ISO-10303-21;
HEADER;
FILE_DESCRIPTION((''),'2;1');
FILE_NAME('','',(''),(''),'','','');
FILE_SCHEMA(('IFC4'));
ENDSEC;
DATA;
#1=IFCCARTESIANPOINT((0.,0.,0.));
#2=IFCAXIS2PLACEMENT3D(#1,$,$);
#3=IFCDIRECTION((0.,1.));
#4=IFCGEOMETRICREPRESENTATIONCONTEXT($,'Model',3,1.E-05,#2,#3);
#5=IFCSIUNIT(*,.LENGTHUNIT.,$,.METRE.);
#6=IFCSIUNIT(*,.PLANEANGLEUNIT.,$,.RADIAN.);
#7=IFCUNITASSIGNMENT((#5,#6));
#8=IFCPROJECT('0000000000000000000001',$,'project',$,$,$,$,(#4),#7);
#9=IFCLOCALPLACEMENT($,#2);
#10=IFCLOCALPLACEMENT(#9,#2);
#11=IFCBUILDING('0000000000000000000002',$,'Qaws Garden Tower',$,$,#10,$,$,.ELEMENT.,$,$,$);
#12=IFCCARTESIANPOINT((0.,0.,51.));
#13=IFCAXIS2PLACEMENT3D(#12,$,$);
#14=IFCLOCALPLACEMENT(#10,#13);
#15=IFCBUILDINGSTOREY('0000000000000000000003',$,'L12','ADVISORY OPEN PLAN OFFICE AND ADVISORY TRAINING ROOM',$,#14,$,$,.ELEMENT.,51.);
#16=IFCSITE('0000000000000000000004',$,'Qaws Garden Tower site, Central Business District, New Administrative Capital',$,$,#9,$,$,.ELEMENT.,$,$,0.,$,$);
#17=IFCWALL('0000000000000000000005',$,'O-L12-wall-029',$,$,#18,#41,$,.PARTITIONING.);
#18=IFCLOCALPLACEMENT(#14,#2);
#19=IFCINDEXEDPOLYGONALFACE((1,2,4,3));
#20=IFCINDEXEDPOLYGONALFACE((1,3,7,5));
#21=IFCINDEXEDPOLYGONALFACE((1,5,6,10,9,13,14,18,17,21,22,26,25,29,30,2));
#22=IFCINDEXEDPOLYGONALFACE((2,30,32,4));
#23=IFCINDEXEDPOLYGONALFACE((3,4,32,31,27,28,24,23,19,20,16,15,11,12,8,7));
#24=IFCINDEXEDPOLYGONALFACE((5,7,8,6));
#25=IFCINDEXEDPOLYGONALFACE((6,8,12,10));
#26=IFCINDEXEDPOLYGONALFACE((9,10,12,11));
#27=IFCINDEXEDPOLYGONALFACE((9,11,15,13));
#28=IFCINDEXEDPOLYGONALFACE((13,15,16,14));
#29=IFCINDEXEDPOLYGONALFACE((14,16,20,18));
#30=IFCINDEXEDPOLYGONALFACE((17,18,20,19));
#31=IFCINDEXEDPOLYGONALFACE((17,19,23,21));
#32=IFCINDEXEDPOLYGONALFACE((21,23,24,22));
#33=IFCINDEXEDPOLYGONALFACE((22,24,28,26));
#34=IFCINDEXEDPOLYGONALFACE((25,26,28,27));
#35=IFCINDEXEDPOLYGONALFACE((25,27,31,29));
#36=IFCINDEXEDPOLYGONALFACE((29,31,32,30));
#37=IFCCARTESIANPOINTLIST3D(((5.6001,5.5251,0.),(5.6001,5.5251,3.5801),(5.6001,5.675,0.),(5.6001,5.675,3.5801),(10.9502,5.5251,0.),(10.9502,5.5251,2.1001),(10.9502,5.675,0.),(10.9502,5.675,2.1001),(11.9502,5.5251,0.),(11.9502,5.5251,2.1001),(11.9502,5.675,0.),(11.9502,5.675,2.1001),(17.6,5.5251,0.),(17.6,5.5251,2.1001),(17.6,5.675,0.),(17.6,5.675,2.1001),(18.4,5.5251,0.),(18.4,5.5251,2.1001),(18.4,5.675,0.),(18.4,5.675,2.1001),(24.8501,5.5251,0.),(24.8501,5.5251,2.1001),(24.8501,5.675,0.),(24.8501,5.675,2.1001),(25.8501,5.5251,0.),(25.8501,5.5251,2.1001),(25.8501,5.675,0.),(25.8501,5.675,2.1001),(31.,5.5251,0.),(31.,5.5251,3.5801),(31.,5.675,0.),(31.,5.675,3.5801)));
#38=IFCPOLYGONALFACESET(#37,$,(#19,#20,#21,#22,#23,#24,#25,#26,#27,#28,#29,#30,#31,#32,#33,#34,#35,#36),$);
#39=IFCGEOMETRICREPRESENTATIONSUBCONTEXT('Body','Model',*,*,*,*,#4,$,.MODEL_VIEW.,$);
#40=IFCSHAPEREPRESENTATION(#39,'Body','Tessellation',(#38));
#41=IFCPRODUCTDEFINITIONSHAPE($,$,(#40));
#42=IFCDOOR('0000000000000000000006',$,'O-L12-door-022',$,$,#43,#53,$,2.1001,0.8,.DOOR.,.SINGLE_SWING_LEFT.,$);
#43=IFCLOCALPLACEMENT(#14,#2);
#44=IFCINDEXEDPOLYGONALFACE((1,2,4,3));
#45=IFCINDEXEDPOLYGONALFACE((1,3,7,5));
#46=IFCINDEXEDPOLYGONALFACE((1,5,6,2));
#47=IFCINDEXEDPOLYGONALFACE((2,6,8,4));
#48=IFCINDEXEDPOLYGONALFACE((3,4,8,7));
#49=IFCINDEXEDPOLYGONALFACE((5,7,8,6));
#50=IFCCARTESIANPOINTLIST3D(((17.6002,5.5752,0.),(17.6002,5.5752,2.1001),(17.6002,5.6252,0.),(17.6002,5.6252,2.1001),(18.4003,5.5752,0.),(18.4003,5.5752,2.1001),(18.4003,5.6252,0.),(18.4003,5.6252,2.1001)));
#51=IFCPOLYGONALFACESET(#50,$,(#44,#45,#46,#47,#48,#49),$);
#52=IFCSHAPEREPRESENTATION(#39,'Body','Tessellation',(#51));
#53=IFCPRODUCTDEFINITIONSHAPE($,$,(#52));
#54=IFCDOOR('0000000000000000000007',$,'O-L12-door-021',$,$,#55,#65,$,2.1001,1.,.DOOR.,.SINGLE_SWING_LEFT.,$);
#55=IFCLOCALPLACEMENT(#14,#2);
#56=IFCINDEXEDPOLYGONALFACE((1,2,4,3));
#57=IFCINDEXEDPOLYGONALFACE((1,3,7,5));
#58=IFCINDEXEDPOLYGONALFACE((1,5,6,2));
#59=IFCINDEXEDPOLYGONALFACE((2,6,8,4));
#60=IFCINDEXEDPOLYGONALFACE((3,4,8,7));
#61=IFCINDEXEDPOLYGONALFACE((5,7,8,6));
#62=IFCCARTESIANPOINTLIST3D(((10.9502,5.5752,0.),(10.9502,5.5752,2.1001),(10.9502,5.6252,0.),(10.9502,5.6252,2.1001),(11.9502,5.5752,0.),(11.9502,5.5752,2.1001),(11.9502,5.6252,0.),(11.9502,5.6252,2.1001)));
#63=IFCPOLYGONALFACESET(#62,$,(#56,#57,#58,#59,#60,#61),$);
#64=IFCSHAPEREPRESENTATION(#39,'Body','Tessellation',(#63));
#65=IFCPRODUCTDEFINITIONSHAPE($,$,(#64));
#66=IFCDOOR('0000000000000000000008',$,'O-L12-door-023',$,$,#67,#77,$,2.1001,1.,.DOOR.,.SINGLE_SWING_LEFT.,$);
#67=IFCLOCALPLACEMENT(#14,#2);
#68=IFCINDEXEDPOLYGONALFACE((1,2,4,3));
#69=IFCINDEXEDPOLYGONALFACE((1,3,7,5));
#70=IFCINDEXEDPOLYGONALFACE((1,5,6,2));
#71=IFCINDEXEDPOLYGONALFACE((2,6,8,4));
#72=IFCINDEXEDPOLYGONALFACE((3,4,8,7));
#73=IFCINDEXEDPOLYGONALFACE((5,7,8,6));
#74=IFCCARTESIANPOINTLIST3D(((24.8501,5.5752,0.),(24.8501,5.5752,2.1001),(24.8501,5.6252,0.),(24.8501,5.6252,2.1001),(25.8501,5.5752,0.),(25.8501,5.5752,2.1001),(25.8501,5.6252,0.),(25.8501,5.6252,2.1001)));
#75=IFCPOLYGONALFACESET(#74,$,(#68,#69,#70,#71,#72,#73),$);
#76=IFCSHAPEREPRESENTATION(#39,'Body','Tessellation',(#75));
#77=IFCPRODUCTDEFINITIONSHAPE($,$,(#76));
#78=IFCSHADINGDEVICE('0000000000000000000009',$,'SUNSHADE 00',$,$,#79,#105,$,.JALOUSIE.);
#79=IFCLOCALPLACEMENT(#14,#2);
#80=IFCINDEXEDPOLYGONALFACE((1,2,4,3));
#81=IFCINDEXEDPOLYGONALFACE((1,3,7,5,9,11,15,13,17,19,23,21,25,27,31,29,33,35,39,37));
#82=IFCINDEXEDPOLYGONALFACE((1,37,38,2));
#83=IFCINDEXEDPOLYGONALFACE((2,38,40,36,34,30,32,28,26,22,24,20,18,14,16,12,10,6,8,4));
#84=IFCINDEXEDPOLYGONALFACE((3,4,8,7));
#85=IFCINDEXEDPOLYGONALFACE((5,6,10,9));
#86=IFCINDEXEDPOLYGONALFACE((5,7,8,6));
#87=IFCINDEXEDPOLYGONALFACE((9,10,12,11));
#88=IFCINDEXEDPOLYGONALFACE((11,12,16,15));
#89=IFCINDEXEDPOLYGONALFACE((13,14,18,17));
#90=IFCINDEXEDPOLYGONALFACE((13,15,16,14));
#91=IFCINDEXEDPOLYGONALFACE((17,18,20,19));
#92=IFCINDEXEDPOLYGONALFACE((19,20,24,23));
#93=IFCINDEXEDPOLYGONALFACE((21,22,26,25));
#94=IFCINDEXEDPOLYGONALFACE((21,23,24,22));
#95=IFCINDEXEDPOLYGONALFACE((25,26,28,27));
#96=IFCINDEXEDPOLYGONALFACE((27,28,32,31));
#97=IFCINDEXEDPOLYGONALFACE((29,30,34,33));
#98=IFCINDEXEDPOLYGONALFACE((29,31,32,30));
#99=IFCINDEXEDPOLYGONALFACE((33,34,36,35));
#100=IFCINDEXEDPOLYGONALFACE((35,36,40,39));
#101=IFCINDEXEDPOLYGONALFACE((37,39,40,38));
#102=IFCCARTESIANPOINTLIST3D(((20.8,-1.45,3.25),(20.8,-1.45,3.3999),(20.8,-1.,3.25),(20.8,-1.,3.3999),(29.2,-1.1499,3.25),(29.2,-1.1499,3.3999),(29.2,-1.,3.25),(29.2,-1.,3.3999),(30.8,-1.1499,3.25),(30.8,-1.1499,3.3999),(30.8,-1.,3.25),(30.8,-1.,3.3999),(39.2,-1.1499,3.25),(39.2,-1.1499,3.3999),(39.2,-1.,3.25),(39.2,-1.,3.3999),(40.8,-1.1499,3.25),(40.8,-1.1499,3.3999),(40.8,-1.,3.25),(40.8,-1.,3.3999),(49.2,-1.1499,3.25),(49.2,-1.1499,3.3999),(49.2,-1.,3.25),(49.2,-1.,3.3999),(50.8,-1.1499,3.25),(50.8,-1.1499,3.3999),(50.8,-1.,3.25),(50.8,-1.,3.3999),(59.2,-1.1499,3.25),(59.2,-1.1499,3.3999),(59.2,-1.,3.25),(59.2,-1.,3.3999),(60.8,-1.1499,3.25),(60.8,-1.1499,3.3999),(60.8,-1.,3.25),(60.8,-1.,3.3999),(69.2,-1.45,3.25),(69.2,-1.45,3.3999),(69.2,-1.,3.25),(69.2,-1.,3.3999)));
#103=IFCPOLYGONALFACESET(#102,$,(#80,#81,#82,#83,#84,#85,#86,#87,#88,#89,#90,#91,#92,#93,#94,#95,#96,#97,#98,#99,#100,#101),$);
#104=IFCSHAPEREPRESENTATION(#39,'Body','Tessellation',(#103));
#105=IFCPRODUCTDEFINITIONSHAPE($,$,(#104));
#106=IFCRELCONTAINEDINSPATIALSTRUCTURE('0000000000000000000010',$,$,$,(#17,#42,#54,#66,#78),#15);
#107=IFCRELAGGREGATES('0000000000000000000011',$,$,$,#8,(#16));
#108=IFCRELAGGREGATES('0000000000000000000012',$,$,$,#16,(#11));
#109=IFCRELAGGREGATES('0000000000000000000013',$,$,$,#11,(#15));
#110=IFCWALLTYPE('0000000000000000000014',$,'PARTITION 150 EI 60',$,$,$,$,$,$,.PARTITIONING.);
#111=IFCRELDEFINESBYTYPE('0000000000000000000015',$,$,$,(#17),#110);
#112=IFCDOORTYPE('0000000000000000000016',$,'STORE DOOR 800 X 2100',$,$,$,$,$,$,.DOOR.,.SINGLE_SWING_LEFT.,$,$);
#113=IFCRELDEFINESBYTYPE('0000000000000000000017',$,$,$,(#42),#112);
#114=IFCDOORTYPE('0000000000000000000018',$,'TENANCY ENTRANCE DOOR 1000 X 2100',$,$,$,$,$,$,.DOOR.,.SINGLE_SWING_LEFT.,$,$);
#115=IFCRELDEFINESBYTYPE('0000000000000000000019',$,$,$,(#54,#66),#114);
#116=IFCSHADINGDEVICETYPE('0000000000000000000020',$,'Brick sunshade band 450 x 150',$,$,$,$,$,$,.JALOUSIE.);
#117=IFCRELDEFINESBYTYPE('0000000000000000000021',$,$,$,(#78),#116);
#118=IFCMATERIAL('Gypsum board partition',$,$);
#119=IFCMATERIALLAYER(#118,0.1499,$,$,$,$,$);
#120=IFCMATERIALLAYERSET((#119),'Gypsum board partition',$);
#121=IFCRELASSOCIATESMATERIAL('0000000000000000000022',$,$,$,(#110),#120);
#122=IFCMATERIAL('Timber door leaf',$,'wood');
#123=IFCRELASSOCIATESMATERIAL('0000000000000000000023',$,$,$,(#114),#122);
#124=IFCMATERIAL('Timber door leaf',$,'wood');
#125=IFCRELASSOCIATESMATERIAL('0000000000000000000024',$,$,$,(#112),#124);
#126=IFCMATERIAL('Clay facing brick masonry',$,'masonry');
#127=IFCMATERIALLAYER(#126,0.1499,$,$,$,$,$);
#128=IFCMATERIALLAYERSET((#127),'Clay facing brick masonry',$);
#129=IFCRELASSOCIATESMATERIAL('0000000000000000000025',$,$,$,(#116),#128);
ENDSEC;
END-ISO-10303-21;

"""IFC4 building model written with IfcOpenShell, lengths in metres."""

from ifc_helpers import new_model, si_unit, direction, frame, frame_2d, origin, place, context, subcontext, project, spatial, polyline, rectangle, outline, extrude, material, layer, layer_set, type_object, element, fill, save


model = new_model("IFC4")

# Units and contexts
model_context = context("Model", 3, precision=1e-05, world=origin(), true_north=direction((0.0, 1.0)))
body_context = subcontext(model_context, "Body", "Model", "MODEL_VIEW")
ifc_project = project(units=[si_unit("LENGTHUNIT", "METRE"), si_unit("PLANEANGLEUNIT", "RADIAN")], contexts=[model_context])

# Site, building, storey
site_placement = place(None, origin())
site = spatial("IfcSite", under=ifc_project, at=site_placement, Name="Qaws Garden Tower site, Central Business District, New Administrative Capital", CompositionType="ELEMENT", RefElevation=0.0)
building_placement = place(site_placement, origin())
building = spatial("IfcBuilding", under=site, at=building_placement, Name="Qaws Garden Tower", CompositionType="ELEMENT")
storey_placement = place(building_placement, frame((0.0, 0.0, 51.0)))
storey = spatial("IfcBuildingStorey", under=building, at=storey_placement, Name="L12", Description="ADVISORY OPEN PLAN OFFICE AND ADVISORY TRAINING ROOM", CompositionType="ELEMENT", Elevation=51.0)

# Wall, openings, doors
ifc_material_1 = material(Name="Gypsum board partition")
ifc_layer_1 = layer(ifc_material_1, 0.1499)
ifc_layer_set_1 = layer_set([ifc_layer_1], Name="Gypsum board partition")
wall_type_1 = type_object("IfcWallType", Name="PARTITION 150 EI 60", PredefinedType="PARTITIONING", material=ifc_layer_set_1)
ifc_material_2 = material(Name="Timber door leaf", Category="wood")
door_type_1 = type_object("IfcDoorType", Name="TENANCY ENTRANCE DOOR 1000 X 2100", OperationType="SINGLE_SWING_LEFT", PredefinedType="DOOR", material=ifc_material_2)
wall_1_placement = place(storey_placement, frame((5.6001, 5.6001, 0.0), z_axis=(0.0, 0.0, 1.0), x_axis=(1.0, 0.0, 0.0)))
wall_1 = element("IfcWall", 1, at=wall_1_placement, inside=storey, type_object=wall_type_1, Name="O-L12-wall-029", PredefinedType="PARTITIONING", context=body_context, shape_type="SweptSolid", body=[
    extrude(rectangle(XDim=25.3999, YDim=0.1499, at=frame_2d((12.7, 0.0))), origin(), (0.0, 0.0, 1.0), 3.5801),
])
opening_1_placement = place(wall_1_placement, frame((5.3501, 0.0, 0.0)))
opening_1 = element("IfcOpeningElement", 2, at=opening_1_placement, cuts=wall_1, PredefinedType="OPENING", context=body_context, shape_type="SweptSolid", body=[
    extrude(rectangle(XDim=1.0, YDim=2.1001, at=frame_2d((0.5, 1.05))), frame((0.0, 0.085, 0.0), z_axis=(0.0, -1.0, 0.0), x_axis=(1.0, 0.0, 0.0)), (0.0, 0.0, 1.0), 0.1699),
])
opening_2_placement = place(wall_1_placement, frame((12.0, 0.0, 0.0)))
opening_2 = element("IfcOpeningElement", 3, at=opening_2_placement, cuts=wall_1, PredefinedType="OPENING", context=body_context, shape_type="SweptSolid", body=[
    extrude(rectangle(XDim=0.8, YDim=2.1001, at=frame_2d((0.3999, 1.05))), frame((0.0, 0.085, 0.0), z_axis=(0.0, -1.0, 0.0), x_axis=(1.0, 0.0, 0.0)), (0.0, 0.0, 1.0), 0.1699),
])
opening_3_placement = place(wall_1_placement, frame((19.25, 0.0, 0.0)))
opening_3 = element("IfcOpeningElement", 4, at=opening_3_placement, cuts=wall_1, PredefinedType="OPENING", context=body_context, shape_type="SweptSolid", body=[
    extrude(rectangle(XDim=1.0, YDim=2.1001, at=frame_2d((0.5, 1.05))), frame((0.0, 0.085, 0.0), z_axis=(0.0, -1.0, 0.0), x_axis=(1.0, 0.0, 0.0)), (0.0, 0.0, 1.0), 0.1699),
])
ifc_material_3 = material(Name="Timber door leaf", Category="wood")
door_type_2 = type_object("IfcDoorType", Name="STORE DOOR 800 X 2100", OperationType="SINGLE_SWING_LEFT", PredefinedType="DOOR", material=ifc_material_3)
door_1_placement = place(opening_2_placement, frame((0.8, 0.0, 0.0), z_axis=(0.0, 0.0, 1.0), x_axis=(-1.0, 0.0, 0.0)))
door_1 = element("IfcDoor", 5, at=door_1_placement, inside=storey, type_object=door_type_2, Name="O-L12-door-022", OperationType="SINGLE_SWING_LEFT", OverallHeight=2.1001, OverallWidth=0.8, PredefinedType="DOOR", context=body_context, shape_type="SweptSolid", body=[
    extrude(rectangle(XDim=0.8, YDim=2.1001, at=frame_2d((0.3999, 1.05))), frame((0.0, 0.0249, 0.0), z_axis=(0.0, -1.0, 0.0), x_axis=(1.0, 0.0, 0.0)), (0.0, 0.0, 1.0), 0.05),
])
fill(opening_2, door_1)
door_2_placement = place(opening_1_placement, frame((1.0, 0.0, 0.0), z_axis=(0.0, 0.0, 1.0), x_axis=(-1.0, 0.0, 0.0)))
door_2 = element("IfcDoor", 6, at=door_2_placement, inside=storey, type_object=door_type_1, Name="O-L12-door-021", OperationType="SINGLE_SWING_LEFT", OverallHeight=2.1001, OverallWidth=1.0, PredefinedType="DOOR", context=body_context, shape_type="SweptSolid", body=[
    extrude(rectangle(XDim=1.0, YDim=2.1001, at=frame_2d((0.5, 1.05))), frame((0.0, 0.0249, 0.0), z_axis=(0.0, -1.0, 0.0), x_axis=(1.0, 0.0, 0.0)), (0.0, 0.0, 1.0), 0.05),
])
fill(opening_1, door_2)
door_3_placement = place(opening_3_placement, frame((1.0, 0.0, 0.0), z_axis=(0.0, 0.0, 1.0), x_axis=(-1.0, 0.0, 0.0)))
door_3 = element("IfcDoor", 7, at=door_3_placement, inside=storey, type_object=door_type_1, Name="O-L12-door-023", OperationType="SINGLE_SWING_LEFT", OverallHeight=2.1001, OverallWidth=1.0, PredefinedType="DOOR", context=body_context, shape_type="SweptSolid", body=[
    extrude(rectangle(XDim=1.0, YDim=2.1001, at=frame_2d((0.5, 1.05))), frame((0.0, 0.0249, 0.0), z_axis=(0.0, -1.0, 0.0), x_axis=(1.0, 0.0, 0.0)), (0.0, 0.0, 1.0), 0.05),
])
fill(opening_3, door_3)

# Shading device
ifc_material_4 = material(Name="Clay facing brick masonry", Category="masonry")
ifc_layer_2 = layer(ifc_material_4, 0.1499)
ifc_layer_set_2 = layer_set([ifc_layer_2], Name="Clay facing brick masonry")
shading_device_type = type_object("IfcShadingDeviceType", Name="Brick sunshade band 450 x 150", PredefinedType="JALOUSIE", material=ifc_layer_set_2)
shading_device_placement = place(storey_placement, frame((0.0, 0.0, 3.25)))
element("IfcShadingDevice", 8, at=shading_device_placement, inside=storey, type_object=shading_device_type, Name="SUNSHADE 00", PredefinedType="JALOUSIE", context=body_context, shape_type="SweptSolid", body=[
    extrude(outline(polyline([(20.8, -1.0), (20.8, -1.45), (69.2, -1.45), (69.2, -1.0), (60.8, -1.0), (60.8, -1.1499), (59.2, -1.1499), (59.2, -1.0), (50.8, -1.0), (50.8, -1.1499), (49.2, -1.1499), (49.2, -1.0), (40.8, -1.0), (40.8, -1.1499), (39.2, -1.1499), (39.2, -1.0), (30.8, -1.0), (30.8, -1.1499), (29.2, -1.1499), (29.2, -1.0), (20.8, -1.0)])), origin(), (0.0, 0.0, 1.0), 0.1499),
])

save(model, "model.ifc")
